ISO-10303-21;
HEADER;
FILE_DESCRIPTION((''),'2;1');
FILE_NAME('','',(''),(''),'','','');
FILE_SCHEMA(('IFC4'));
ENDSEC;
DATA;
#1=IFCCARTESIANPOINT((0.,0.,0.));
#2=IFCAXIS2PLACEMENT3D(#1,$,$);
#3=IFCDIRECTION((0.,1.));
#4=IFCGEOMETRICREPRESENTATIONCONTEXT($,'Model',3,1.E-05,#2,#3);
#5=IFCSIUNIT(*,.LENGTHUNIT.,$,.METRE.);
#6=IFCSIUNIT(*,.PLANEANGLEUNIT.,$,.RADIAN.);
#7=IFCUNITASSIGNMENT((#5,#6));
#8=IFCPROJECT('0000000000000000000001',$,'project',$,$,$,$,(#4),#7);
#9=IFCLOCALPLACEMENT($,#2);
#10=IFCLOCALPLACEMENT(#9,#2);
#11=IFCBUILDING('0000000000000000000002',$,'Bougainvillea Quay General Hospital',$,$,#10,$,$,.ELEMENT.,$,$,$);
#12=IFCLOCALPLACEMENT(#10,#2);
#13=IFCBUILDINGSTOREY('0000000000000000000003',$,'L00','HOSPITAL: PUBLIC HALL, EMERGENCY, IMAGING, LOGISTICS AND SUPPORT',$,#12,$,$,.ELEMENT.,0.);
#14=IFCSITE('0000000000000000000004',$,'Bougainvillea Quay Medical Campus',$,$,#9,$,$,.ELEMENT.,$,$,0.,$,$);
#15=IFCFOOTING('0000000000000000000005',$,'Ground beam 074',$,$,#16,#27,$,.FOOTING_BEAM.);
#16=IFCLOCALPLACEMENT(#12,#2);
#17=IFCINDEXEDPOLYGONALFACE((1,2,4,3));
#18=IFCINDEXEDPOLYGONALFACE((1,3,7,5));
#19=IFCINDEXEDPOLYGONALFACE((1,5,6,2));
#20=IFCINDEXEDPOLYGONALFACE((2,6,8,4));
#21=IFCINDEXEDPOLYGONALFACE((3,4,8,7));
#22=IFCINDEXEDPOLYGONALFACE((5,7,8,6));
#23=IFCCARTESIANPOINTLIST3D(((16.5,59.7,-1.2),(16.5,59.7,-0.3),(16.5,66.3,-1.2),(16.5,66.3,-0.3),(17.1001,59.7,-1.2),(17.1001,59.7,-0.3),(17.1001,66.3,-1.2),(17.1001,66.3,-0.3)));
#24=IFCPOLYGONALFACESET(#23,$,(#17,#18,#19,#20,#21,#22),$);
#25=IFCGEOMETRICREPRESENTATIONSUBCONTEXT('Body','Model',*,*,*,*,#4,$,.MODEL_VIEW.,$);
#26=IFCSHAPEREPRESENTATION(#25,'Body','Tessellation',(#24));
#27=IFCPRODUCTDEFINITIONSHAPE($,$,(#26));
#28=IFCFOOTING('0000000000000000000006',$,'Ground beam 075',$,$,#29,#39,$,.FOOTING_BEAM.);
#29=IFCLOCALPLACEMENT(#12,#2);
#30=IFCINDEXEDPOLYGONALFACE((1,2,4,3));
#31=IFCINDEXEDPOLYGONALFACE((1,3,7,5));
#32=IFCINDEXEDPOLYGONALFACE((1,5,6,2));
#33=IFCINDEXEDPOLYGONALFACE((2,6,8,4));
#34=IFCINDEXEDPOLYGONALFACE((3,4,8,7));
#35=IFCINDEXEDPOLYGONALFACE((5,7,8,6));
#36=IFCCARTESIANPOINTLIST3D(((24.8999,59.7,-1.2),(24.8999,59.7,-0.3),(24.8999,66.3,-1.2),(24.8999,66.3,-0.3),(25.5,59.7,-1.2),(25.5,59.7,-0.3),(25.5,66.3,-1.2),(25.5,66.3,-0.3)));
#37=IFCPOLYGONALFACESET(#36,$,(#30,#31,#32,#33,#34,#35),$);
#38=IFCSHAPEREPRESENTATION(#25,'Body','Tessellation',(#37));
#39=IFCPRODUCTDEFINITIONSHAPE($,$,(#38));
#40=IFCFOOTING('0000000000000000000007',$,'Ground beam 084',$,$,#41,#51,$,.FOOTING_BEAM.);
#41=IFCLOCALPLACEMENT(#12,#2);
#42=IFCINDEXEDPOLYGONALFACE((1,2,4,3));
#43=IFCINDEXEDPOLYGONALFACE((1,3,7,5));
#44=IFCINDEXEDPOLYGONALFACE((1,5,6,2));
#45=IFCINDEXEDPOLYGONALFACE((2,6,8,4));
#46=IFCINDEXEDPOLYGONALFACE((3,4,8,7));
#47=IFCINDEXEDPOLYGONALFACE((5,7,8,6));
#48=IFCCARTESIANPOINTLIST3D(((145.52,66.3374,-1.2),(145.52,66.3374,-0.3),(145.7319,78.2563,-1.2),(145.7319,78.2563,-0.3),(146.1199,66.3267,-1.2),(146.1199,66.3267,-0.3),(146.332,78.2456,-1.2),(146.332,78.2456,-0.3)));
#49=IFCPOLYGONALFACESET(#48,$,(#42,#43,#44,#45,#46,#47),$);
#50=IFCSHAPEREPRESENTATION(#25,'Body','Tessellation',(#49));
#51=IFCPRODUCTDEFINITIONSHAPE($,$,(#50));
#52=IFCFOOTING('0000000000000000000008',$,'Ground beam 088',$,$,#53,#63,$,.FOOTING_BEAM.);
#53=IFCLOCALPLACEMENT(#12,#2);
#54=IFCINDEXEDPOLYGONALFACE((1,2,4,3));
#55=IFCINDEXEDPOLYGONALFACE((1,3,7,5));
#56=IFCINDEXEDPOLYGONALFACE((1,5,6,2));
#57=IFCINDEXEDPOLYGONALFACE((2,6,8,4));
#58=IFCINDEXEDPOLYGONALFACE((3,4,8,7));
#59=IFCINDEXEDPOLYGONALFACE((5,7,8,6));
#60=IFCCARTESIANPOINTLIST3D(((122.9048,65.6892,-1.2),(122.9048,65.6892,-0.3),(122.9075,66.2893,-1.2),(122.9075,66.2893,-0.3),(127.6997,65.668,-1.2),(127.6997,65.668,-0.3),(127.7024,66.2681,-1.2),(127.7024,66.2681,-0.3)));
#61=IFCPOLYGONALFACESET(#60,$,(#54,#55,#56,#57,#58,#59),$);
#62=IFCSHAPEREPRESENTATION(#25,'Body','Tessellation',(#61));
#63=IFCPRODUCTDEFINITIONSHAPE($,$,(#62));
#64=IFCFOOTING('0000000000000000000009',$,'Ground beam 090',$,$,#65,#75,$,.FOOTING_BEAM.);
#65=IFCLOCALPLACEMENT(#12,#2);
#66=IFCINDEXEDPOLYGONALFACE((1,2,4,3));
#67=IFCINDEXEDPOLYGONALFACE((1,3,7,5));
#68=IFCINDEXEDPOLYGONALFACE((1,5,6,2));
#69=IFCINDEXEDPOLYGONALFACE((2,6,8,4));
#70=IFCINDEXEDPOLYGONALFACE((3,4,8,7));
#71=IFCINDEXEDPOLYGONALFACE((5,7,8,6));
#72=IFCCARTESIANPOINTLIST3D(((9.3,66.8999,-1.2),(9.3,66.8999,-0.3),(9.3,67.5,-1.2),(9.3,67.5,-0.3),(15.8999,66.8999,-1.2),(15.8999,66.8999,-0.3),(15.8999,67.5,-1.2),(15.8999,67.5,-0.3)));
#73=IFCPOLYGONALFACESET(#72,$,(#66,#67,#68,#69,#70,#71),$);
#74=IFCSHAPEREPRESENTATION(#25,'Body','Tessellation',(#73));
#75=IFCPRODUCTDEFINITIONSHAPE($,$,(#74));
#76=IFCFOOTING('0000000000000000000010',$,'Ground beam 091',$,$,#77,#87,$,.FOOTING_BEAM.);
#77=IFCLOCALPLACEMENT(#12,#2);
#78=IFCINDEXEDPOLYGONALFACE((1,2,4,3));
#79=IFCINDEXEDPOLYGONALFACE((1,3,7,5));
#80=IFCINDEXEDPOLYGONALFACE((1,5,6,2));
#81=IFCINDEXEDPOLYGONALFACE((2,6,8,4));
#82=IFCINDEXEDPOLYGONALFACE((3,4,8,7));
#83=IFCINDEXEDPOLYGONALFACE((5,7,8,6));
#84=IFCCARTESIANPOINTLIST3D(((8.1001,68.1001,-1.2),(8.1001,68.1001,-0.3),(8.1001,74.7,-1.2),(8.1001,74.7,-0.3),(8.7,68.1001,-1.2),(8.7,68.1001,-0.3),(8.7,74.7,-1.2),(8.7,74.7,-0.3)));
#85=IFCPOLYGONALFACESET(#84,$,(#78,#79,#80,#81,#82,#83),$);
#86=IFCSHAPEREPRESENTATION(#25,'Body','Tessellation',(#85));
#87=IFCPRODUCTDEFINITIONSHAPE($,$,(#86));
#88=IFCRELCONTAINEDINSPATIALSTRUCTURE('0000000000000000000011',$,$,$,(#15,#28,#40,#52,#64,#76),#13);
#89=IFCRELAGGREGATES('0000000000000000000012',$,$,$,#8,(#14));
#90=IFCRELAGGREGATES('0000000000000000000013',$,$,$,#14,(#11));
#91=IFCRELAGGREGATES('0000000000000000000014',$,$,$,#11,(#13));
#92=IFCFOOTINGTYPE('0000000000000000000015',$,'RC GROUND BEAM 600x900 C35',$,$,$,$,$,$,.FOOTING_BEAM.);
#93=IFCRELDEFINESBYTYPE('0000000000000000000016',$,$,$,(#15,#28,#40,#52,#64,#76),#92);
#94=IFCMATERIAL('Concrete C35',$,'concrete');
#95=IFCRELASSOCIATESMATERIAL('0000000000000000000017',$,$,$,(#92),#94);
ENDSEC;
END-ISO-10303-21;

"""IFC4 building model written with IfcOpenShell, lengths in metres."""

from ifc_helpers import new_model, si_unit, direction, frame, origin, origin_2d, place, context, subcontext, project, spatial, polyline, rectangle, outline, extrude, material, material_profile, profile_set, type_object, element, save


model = new_model("IFC4")

# Units and contexts
model_context = context("Model", 3, precision=1e-05, world=origin(), true_north=direction((0.0, 1.0)))
body_context = subcontext(model_context, "Body", "Model", "MODEL_VIEW")
ifc_project = project(units=[si_unit("LENGTHUNIT", "METRE"), si_unit("PLANEANGLEUNIT", "RADIAN")], contexts=[model_context])

# Site, building, storey
site_placement = place(None, origin())
site = spatial("IfcSite", under=ifc_project, at=site_placement, Name="Bougainvillea Quay Medical Campus", CompositionType="ELEMENT", RefElevation=0.0)
building_placement = place(site_placement, origin())
building = spatial("IfcBuilding", under=site, at=building_placement, Name="Bougainvillea Quay General Hospital", CompositionType="ELEMENT")
storey_placement = place(building_placement, origin())
storey = spatial("IfcBuildingStorey", under=building, at=storey_placement, Name="L00", Description="HOSPITAL: PUBLIC HALL, EMERGENCY, IMAGING, LOGISTICS AND SUPPORT", CompositionType="ELEMENT", Elevation=0.0)

# Footings
ifc_material = material(Name="Concrete C35", Category="concrete")
ifc_material_profile = material_profile(ifc_material, rectangle(XDim=0.6001, YDim=0.8999, at=origin_2d()))
ifc_profile_set = profile_set([ifc_material_profile], Name="Concrete C35")
footing_type = type_object("IfcFootingType", Name="RC GROUND BEAM 600x900 C35", PredefinedType="FOOTING_BEAM", material=ifc_profile_set)
footing_1_placement = place(storey_placement, frame((0.0, 0.0, -1.2)))
element("IfcFooting", 1, at=footing_1_placement, inside=storey, type_object=footing_type, Name="Ground beam 074", PredefinedType="FOOTING_BEAM", context=body_context, shape_type="SweptSolid", body=[
    extrude(outline(polyline([(16.5, 59.7), (16.5, 66.3), (17.1001, 66.3), (17.1001, 59.7), (16.5, 59.7)])), origin(), (0.0, 0.0, 1.0), 0.8999),
])
footing_2_placement = place(storey_placement, frame((0.0, 0.0, -1.2)))
element("IfcFooting", 2, at=footing_2_placement, inside=storey, type_object=footing_type, Name="Ground beam 075", PredefinedType="FOOTING_BEAM", context=body_context, shape_type="SweptSolid", body=[
    extrude(outline(polyline([(24.8999, 59.7), (24.8999, 66.3), (25.5, 66.3), (25.5, 59.7), (24.8999, 59.7)])), origin(), (0.0, 0.0, 1.0), 0.8999),
])
footing_3_placement = place(storey_placement, frame((0.0, 0.0, -1.2)))
element("IfcFooting", 3, at=footing_3_placement, inside=storey, type_object=footing_type, Name="Ground beam 084", PredefinedType="FOOTING_BEAM", context=body_context, shape_type="SweptSolid", body=[
    extrude(outline(polyline([(145.52, 66.3374), (145.7319, 78.2563), (146.332, 78.2456), (146.1199, 66.3267), (145.52, 66.3374)])), origin(), (0.0, 0.0, 1.0), 0.8999),
])
footing_4_placement = place(storey_placement, frame((0.0, 0.0, -1.2)))
element("IfcFooting", 4, at=footing_4_placement, inside=storey, type_object=footing_type, Name="Ground beam 088", PredefinedType="FOOTING_BEAM", context=body_context, shape_type="SweptSolid", body=[
    extrude(outline(polyline([(122.9075, 66.2893), (127.7024, 66.2681), (127.6997, 65.668), (122.9048, 65.6892), (122.9075, 66.2893)])), origin(), (0.0, 0.0, 1.0), 0.8999),
])
footing_5_placement = place(storey_placement, frame((0.0, 0.0, -1.2)))
element("IfcFooting", 5, at=footing_5_placement, inside=storey, type_object=footing_type, Name="Ground beam 090", PredefinedType="FOOTING_BEAM", context=body_context, shape_type="SweptSolid", body=[
    extrude(outline(polyline([(9.3, 67.5), (15.8999, 67.5), (15.8999, 66.8999), (9.3, 66.8999), (9.3, 67.5)])), origin(), (0.0, 0.0, 1.0), 0.8999),
])
footing_6_placement = place(storey_placement, frame((0.0, 0.0, -1.2)))
element("IfcFooting", 6, at=footing_6_placement, inside=storey, type_object=footing_type, Name="Ground beam 091", PredefinedType="FOOTING_BEAM", context=body_context, shape_type="SweptSolid", body=[
    extrude(outline(polyline([(8.1001, 68.1001), (8.1001, 74.7), (8.7, 74.7), (8.7, 68.1001), (8.1001, 68.1001)])), origin(), (0.0, 0.0, 1.0), 0.8999),
])

save(model, "model.ifc")
